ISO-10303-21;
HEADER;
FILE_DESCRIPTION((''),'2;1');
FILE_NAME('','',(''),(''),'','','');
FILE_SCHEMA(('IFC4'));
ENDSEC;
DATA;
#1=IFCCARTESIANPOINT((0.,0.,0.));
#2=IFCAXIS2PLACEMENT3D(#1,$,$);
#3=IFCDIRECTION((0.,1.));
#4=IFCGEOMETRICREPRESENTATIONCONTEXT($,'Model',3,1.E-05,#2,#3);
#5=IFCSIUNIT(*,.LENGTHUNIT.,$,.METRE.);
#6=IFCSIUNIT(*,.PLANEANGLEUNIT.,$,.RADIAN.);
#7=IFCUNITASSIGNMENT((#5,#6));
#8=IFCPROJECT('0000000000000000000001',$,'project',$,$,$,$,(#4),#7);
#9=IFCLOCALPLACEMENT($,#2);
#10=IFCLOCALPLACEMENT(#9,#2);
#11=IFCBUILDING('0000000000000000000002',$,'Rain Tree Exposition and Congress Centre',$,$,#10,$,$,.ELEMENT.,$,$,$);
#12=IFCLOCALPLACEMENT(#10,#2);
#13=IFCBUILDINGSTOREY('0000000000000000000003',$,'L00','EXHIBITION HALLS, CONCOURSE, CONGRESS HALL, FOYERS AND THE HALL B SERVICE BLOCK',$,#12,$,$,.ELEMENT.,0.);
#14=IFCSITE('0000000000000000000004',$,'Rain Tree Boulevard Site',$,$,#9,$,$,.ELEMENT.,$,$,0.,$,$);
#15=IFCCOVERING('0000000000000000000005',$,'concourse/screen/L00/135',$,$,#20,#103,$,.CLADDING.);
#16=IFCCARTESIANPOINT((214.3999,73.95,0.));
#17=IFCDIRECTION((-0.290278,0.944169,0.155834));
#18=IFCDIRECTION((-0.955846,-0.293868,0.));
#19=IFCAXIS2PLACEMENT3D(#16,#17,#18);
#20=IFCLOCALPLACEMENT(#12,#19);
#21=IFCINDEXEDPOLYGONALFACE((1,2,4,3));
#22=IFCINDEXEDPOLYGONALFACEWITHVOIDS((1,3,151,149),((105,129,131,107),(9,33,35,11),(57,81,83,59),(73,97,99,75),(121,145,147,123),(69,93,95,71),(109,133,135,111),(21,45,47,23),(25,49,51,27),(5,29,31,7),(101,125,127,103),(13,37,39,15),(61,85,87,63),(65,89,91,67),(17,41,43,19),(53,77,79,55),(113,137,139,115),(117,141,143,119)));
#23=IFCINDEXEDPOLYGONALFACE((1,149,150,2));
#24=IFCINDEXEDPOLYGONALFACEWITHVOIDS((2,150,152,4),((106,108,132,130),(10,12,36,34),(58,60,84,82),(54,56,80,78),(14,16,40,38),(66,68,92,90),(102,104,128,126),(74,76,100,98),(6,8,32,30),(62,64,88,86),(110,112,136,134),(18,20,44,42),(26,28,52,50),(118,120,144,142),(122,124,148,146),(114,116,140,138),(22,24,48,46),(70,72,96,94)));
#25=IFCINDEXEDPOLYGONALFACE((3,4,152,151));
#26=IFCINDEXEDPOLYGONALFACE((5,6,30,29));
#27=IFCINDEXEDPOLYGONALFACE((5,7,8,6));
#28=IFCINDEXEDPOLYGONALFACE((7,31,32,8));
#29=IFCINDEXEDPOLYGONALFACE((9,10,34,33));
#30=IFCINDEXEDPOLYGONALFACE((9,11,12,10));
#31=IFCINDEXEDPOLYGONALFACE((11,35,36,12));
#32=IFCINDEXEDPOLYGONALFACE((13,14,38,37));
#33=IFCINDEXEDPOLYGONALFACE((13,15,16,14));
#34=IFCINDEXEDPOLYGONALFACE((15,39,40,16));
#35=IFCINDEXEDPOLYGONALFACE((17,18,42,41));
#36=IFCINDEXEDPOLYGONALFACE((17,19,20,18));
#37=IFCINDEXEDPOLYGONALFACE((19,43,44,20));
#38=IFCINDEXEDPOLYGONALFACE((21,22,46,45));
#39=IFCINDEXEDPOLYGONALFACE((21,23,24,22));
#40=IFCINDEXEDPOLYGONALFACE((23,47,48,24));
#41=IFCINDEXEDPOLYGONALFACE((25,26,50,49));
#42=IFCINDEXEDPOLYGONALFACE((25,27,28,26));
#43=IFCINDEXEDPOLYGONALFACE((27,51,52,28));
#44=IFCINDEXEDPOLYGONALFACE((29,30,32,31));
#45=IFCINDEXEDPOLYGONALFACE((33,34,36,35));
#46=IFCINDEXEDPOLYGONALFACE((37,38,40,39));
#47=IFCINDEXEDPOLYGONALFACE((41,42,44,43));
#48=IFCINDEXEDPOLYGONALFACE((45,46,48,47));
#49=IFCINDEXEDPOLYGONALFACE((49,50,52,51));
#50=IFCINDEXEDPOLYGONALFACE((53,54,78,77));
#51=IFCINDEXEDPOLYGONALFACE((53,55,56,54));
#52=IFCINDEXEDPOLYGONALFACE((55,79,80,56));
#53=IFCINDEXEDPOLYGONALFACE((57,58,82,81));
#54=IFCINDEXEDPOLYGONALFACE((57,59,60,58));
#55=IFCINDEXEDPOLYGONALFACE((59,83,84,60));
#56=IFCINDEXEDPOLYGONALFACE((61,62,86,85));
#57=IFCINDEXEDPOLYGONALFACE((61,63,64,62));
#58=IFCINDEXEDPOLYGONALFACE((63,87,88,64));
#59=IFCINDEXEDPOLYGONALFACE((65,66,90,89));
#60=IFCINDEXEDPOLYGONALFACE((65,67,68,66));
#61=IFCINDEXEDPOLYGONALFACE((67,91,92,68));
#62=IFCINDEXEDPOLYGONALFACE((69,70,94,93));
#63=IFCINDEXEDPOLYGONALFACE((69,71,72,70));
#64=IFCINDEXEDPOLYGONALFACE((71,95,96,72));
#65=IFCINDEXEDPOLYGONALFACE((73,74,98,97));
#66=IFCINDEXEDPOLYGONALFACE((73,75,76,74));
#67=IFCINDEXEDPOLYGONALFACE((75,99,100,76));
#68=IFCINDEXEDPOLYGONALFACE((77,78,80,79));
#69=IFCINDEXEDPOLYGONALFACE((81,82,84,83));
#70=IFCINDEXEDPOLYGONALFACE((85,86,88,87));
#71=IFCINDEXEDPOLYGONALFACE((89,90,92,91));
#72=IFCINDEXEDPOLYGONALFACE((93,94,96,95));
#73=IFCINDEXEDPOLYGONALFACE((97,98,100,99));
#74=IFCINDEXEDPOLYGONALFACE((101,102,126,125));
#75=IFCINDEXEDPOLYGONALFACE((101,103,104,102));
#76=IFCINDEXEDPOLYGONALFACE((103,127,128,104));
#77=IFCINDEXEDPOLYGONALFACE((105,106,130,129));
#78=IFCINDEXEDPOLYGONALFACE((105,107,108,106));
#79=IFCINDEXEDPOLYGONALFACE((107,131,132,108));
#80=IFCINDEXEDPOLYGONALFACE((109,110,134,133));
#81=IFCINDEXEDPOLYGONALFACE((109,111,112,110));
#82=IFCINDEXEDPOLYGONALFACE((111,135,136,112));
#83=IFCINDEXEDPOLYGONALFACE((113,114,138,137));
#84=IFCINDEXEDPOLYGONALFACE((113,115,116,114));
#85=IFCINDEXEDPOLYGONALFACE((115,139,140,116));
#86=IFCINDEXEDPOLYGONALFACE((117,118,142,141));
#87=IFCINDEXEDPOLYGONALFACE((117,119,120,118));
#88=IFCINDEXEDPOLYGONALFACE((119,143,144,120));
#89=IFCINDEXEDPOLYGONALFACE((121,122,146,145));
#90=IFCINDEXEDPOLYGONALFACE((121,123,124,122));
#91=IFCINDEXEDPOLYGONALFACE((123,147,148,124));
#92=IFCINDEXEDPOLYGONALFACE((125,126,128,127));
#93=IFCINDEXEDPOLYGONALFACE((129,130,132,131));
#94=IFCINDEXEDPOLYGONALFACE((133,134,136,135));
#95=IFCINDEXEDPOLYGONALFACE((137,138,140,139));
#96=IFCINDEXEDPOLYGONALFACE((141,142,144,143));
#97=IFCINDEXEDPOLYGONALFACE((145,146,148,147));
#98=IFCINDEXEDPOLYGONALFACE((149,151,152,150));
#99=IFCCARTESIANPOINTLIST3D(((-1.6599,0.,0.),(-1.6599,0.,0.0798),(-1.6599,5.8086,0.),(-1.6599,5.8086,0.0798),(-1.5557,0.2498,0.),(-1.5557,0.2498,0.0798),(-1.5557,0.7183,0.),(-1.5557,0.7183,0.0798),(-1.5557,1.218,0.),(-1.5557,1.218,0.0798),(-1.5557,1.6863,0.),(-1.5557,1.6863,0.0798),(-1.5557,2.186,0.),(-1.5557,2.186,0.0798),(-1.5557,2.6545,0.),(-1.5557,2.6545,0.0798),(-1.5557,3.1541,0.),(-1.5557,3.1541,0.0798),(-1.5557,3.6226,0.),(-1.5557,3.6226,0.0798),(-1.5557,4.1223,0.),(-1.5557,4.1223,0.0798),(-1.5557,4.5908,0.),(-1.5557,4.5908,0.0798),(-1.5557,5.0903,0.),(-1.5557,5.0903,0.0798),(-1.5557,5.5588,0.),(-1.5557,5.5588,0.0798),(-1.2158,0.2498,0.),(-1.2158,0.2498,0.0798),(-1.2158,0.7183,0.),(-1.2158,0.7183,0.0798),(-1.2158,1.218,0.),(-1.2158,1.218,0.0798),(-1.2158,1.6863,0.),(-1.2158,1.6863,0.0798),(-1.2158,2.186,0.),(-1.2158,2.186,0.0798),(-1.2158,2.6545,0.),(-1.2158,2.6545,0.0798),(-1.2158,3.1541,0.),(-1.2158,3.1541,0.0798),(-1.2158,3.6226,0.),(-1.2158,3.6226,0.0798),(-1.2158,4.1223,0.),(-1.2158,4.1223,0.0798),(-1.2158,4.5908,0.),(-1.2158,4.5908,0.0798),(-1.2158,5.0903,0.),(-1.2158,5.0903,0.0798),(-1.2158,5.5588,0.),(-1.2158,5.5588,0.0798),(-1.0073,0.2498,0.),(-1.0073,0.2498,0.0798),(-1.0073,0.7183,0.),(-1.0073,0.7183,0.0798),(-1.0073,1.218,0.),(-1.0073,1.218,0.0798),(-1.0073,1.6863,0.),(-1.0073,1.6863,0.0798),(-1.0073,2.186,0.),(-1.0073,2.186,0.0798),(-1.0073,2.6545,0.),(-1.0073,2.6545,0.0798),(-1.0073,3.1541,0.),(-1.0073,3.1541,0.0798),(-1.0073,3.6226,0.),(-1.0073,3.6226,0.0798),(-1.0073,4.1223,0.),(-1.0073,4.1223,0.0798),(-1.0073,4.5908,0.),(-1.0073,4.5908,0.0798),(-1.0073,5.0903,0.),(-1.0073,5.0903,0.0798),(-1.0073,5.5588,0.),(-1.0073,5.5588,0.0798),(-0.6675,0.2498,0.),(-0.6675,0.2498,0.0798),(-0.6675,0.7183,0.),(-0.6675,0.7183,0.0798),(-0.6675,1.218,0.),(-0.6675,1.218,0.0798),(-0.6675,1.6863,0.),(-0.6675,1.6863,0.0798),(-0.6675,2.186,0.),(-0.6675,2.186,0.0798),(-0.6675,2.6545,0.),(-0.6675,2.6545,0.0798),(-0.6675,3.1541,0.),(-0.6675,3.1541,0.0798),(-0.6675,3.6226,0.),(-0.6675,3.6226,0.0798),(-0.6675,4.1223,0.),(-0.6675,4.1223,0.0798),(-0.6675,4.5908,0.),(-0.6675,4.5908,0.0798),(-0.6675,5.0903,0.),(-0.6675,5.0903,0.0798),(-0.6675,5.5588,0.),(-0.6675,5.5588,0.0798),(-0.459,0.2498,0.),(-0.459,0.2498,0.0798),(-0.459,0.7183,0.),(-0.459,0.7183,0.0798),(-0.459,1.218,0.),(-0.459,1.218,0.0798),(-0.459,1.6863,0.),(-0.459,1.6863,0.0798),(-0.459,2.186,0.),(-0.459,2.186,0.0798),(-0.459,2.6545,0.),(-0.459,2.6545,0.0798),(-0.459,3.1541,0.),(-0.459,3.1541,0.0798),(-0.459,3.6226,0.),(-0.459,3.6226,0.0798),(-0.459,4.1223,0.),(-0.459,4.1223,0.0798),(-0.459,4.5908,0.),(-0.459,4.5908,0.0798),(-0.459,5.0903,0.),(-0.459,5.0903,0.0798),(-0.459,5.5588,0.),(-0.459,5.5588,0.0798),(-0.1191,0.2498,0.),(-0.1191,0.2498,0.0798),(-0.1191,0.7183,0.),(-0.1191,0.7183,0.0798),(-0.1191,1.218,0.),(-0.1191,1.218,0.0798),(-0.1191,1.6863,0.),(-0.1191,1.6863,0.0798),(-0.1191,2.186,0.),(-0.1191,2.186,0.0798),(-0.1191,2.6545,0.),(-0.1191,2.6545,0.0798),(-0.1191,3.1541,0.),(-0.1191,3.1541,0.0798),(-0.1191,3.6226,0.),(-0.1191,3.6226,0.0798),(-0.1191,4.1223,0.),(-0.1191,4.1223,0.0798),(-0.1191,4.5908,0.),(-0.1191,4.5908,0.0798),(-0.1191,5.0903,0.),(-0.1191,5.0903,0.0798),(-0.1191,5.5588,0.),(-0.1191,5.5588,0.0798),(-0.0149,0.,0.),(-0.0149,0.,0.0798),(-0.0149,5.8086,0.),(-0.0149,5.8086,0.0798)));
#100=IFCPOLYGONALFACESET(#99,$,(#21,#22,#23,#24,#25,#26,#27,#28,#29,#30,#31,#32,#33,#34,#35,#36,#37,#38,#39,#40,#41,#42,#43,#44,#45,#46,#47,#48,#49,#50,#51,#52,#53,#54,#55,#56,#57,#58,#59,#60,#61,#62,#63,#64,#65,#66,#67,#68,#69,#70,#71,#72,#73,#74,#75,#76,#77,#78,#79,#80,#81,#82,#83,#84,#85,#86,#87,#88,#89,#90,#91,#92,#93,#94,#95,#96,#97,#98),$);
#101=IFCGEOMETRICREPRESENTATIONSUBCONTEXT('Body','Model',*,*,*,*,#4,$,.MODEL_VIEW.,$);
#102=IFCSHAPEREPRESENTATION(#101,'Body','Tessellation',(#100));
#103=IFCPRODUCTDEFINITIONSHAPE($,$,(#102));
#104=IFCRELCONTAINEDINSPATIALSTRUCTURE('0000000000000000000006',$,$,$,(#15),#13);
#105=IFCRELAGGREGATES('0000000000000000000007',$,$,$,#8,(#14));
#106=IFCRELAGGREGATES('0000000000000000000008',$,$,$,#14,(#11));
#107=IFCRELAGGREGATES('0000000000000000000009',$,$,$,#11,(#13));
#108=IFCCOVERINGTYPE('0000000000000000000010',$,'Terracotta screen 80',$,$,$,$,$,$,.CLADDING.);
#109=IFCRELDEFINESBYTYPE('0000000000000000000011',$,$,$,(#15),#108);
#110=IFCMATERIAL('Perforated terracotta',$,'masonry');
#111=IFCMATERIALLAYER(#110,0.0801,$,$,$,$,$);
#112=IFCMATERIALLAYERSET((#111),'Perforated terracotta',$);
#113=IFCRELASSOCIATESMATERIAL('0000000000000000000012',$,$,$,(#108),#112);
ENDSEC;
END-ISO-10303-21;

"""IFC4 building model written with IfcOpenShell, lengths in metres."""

from ifc_helpers import new_model, si_unit, direction, frame, origin, place, context, subcontext, project, spatial, polyline, outline, extrude, material, layer, layer_set, type_object, element, save


model = new_model("IFC4")

# Units and contexts
model_context = context("Model", 3, precision=1e-05, world=origin(), true_north=direction((0.0, 1.0)))
body_context = subcontext(model_context, "Body", "Model", "MODEL_VIEW")
ifc_project = project(units=[si_unit("LENGTHUNIT", "METRE"), si_unit("PLANEANGLEUNIT", "RADIAN")], contexts=[model_context])

# Site, building, storey
site_placement = place(None, origin())
site = spatial("IfcSite", under=ifc_project, at=site_placement, Name="Rain Tree Boulevard Site", CompositionType="ELEMENT", RefElevation=0.0)
building_placement = place(site_placement, origin())
building = spatial("IfcBuilding", under=site, at=building_placement, Name="Rain Tree Exposition and Congress Centre", CompositionType="ELEMENT")
storey_placement = place(building_placement, origin())
storey = spatial("IfcBuildingStorey", under=building, at=storey_placement, Name="L00", Description="EXHIBITION HALLS, CONCOURSE, CONGRESS HALL, FOYERS AND THE HALL B SERVICE BLOCK", CompositionType="ELEMENT", Elevation=0.0)

# Covering
ifc_material_1 = material(Name="Perforated terracotta", Category="masonry")
ifc_layer_1 = layer(ifc_material_1, 0.0801)
ifc_layer_set_1 = layer_set([ifc_layer_1], Name="Perforated terracotta")
covering_type = type_object("IfcCoveringType", Name="Terracotta screen 80", PredefinedType="CLADDING", material=ifc_layer_set_1)
covering_1_placement = place(storey_placement, frame((214.3999, 73.95, 0.0), z_axis=(-0.290278, 0.944169, 0.155834), x_axis=(-0.955846, -0.293868, 0.0)))
element("IfcCovering", 1, at=covering_1_placement, inside=storey, type_object=covering_type, Name="concourse/screen/L00/135", PredefinedType="CLADDING", context=body_context, shape_type="SweptSolid", body=[
    extrude(outline(polyline([(-0.0149, 0.0), (-1.6599, 0.0), (-1.6599, 5.8086), (-0.0149, 5.8086), (-0.0149, 0.0)]), holes=[polyline([(-0.1191, 0.2498), (-0.1191, 0.7183), (-0.459, 0.7183), (-0.459, 0.2498), (-0.1191, 0.2498)]), polyline([(-0.1191, 1.218), (-0.1191, 1.6863), (-0.459, 1.6863), (-0.459, 1.218), (-0.1191, 1.218)]), polyline([(-0.1191, 2.186), (-0.1191, 2.6545), (-0.459, 2.6545), (-0.459, 2.186), (-0.1191, 2.186)]), polyline([(-0.1191, 3.1541), (-0.1191, 3.6226), (-0.459, 3.6226), (-0.459, 3.1541), (-0.1191, 3.1541)]), polyline([(-0.1191, 4.1223), (-0.1191, 4.5908), (-0.459, 4.5908), (-0.459, 4.1223), (-0.1191, 4.1223)]), polyline([(-0.1191, 5.0903), (-0.1191, 5.5588), (-0.459, 5.5588), (-0.459, 5.0903), (-0.1191, 5.0903)]), polyline([(-0.6675, 0.2498), (-0.6675, 0.7183), (-1.0073, 0.7183), (-1.0073, 0.2498), (-0.6675, 0.2498)]), polyline([(-0.6675, 1.218), (-0.6675, 1.6863), (-1.0073, 1.6863), (-1.0073, 1.218), (-0.6675, 1.218)]), polyline([(-0.6675, 2.186), (-0.6675, 2.6545), (-1.0073, 2.6545), (-1.0073, 2.186), (-0.6675, 2.186)]), polyline([(-0.6675, 3.1541), (-0.6675, 3.6226), (-1.0073, 3.6226), (-1.0073, 3.1541), (-0.6675, 3.1541)]), polyline([(-0.6675, 4.1223), (-0.6675, 4.5908), (-1.0073, 4.5908), (-1.0073, 4.1223), (-0.6675, 4.1223)]), polyline([(-0.6675, 5.0903), (-0.6675, 5.5588), (-1.0073, 5.5588), (-1.0073, 5.0903), (-0.6675, 5.0903)]), polyline([(-1.2158, 0.2498), (-1.2158, 0.7183), (-1.5557, 0.7183), (-1.5557, 0.2498), (-1.2158, 0.2498)]), polyline([(-1.2158, 1.218), (-1.2158, 1.6863), (-1.5557, 1.6863), (-1.5557, 1.218), (-1.2158, 1.218)]), polyline([(-1.2158, 2.186), (-1.2158, 2.6545), (-1.5557, 2.6545), (-1.5557, 2.186), (-1.2158, 2.186)]), polyline([(-1.2158, 3.1541), (-1.2158, 3.6226), (-1.5557, 3.6226), (-1.5557, 3.1541), (-1.2158, 3.1541)]), polyline([(-1.2158, 4.1223), (-1.2158, 4.5908), (-1.5557, 4.5908), (-1.5557, 4.1223), (-1.2158, 4.1223)]), polyline([(-1.2158, 5.0903), (-1.2158, 5.5588), (-1.5557, 5.5588), (-1.5557, 5.0903), (-1.2158, 5.0903)])]), origin(), (0.0, 0.0, 1.0), 0.0798),
])

save(model, "model.ifc")
